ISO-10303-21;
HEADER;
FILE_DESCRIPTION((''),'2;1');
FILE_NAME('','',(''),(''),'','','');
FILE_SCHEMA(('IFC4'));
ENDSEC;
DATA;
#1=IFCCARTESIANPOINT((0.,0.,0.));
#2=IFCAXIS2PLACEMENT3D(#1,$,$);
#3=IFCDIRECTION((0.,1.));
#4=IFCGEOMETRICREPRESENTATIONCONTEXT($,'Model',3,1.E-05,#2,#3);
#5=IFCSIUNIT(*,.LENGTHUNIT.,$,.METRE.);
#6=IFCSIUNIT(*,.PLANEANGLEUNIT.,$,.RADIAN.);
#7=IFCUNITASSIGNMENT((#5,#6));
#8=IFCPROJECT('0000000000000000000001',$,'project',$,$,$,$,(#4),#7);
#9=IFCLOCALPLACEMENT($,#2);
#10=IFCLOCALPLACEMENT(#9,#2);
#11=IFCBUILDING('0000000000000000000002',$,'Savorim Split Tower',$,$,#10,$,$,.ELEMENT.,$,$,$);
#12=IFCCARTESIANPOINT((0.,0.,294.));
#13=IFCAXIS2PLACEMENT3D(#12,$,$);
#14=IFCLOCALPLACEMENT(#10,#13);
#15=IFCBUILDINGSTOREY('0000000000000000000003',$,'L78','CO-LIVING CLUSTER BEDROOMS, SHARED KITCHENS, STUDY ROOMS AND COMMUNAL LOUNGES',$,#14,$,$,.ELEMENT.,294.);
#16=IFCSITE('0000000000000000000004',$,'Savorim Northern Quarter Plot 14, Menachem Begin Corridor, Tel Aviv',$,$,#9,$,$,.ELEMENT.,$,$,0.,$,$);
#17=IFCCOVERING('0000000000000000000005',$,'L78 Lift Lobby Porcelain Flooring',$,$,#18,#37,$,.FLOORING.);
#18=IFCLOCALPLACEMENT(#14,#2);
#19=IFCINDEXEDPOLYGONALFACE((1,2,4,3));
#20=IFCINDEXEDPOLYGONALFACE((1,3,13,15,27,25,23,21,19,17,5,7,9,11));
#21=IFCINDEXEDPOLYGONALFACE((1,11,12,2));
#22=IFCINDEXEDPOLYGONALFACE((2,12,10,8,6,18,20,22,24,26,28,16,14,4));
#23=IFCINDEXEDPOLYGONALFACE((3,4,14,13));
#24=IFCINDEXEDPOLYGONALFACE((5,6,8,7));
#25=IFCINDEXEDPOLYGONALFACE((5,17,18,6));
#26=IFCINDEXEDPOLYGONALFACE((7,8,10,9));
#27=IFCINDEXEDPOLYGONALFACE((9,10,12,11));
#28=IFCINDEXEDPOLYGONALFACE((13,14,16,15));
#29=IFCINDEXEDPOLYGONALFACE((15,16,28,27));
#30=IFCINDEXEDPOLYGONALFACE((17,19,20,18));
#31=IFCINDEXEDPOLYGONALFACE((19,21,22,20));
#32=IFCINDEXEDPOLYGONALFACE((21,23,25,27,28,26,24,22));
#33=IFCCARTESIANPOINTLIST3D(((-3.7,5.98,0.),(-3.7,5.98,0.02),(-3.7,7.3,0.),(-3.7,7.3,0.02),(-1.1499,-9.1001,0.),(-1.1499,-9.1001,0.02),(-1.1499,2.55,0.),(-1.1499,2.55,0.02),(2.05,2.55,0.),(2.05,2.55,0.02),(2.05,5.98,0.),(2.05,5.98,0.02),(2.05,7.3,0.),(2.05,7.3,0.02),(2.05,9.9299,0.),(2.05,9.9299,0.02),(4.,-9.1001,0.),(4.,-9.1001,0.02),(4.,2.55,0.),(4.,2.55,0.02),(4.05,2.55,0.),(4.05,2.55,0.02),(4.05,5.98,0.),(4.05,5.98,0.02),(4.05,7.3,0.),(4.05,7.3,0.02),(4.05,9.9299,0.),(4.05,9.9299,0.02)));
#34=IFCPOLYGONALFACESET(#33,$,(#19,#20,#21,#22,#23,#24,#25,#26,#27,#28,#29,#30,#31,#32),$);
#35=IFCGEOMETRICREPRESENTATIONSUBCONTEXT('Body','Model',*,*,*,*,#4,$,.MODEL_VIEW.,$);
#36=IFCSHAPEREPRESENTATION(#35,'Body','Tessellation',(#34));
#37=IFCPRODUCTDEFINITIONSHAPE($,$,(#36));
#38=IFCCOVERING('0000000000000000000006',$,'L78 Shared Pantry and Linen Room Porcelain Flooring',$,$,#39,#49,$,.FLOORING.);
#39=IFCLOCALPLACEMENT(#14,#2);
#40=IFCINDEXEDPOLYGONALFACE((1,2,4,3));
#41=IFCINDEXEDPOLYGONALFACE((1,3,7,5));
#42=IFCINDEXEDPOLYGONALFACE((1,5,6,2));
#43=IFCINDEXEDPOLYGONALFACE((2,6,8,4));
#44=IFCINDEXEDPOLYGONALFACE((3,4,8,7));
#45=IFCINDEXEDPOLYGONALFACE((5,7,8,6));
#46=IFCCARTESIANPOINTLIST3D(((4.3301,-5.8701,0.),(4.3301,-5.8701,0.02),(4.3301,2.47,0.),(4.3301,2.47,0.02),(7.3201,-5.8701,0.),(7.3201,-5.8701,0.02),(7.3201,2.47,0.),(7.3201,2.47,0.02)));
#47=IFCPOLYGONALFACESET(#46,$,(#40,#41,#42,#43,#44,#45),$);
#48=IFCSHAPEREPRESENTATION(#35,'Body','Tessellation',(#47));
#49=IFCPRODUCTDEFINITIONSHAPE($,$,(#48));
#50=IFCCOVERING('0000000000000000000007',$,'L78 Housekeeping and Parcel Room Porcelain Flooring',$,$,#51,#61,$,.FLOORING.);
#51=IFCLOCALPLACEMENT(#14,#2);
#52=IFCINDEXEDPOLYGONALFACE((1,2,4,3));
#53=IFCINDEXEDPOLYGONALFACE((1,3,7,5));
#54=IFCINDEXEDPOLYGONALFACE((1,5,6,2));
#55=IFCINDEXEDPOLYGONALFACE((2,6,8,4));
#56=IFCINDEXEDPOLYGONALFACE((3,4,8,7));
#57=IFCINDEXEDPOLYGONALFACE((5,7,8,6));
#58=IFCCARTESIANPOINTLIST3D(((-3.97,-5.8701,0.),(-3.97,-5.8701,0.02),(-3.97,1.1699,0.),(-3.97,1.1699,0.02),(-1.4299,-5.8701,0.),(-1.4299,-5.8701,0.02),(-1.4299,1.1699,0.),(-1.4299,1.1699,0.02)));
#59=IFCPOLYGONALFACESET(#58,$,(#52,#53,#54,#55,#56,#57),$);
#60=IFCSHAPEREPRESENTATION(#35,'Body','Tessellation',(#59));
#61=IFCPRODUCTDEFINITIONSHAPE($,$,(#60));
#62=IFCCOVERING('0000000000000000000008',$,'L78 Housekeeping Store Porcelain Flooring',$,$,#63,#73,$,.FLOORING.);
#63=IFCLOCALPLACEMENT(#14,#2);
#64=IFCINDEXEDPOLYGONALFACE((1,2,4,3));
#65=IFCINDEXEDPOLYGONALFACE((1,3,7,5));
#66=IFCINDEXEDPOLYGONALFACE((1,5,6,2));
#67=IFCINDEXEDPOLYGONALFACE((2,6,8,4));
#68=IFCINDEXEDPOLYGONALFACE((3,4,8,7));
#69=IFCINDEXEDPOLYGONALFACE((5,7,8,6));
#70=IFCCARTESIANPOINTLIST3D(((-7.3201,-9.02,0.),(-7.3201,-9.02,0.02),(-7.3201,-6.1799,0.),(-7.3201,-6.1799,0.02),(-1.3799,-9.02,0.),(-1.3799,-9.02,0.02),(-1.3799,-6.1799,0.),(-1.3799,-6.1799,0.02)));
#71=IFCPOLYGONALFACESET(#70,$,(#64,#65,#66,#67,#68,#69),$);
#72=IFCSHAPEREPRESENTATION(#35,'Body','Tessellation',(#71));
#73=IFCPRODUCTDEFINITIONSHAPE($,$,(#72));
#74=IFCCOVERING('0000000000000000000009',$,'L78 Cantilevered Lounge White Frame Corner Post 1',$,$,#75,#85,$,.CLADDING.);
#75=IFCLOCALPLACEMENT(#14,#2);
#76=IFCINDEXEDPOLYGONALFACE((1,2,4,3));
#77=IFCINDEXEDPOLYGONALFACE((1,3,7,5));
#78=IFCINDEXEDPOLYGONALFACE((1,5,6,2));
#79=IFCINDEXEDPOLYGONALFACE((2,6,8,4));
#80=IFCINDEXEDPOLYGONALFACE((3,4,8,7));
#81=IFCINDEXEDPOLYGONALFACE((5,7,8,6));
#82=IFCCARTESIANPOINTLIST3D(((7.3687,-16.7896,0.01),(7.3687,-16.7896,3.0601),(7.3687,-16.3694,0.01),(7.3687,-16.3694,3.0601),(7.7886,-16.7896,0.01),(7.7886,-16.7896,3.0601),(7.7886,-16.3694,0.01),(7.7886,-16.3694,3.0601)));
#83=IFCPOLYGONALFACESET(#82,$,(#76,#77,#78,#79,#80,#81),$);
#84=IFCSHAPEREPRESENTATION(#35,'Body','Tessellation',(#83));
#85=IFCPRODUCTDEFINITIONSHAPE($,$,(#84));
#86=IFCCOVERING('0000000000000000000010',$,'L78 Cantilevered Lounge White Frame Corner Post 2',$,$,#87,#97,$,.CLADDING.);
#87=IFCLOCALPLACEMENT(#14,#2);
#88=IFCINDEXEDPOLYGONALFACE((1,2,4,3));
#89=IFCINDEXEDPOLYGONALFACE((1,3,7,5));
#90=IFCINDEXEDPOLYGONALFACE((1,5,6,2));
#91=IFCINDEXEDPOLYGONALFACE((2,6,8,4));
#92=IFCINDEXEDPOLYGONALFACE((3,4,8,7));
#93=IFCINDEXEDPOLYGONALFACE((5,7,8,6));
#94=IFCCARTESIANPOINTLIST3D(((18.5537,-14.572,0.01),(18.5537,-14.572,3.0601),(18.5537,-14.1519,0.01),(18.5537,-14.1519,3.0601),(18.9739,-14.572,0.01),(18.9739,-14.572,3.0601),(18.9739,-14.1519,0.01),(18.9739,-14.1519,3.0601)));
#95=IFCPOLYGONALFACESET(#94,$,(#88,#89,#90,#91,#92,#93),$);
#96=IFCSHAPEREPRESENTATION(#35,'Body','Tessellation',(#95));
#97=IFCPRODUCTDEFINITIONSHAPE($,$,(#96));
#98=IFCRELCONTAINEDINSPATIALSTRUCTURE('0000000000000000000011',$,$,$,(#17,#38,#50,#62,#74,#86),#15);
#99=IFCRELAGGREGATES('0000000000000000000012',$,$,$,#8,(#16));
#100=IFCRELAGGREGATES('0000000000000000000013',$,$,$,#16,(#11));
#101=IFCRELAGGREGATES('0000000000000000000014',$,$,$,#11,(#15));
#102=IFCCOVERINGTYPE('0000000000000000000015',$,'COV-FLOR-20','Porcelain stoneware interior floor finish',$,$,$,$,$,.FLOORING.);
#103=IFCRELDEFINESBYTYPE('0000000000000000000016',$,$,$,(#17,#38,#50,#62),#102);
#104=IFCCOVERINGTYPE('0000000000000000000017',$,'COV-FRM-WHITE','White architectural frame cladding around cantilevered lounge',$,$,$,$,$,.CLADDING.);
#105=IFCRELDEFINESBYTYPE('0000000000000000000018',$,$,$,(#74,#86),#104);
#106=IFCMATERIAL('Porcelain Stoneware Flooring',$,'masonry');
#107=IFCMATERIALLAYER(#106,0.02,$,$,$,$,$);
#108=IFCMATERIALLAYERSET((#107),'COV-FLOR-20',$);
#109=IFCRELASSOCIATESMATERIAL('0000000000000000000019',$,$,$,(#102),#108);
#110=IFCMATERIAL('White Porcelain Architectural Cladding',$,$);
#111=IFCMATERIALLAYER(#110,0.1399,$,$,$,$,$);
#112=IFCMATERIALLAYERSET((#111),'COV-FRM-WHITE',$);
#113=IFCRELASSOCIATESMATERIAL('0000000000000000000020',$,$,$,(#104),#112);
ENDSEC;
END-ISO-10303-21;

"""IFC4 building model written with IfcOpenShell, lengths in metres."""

from ifc_helpers import new_model, si_unit, direction, frame, origin, place, context, subcontext, project, spatial, polyline, outline, extrude, material, layer, layer_set, type_object, element, save


model = new_model("IFC4")

# Units and contexts
model_context = context("Model", 3, precision=1e-05, world=origin(), true_north=direction((0.0, 1.0)))
body_context = subcontext(model_context, "Body", "Model", "MODEL_VIEW")
ifc_project = project(units=[si_unit("LENGTHUNIT", "METRE"), si_unit("PLANEANGLEUNIT", "RADIAN")], contexts=[model_context])

# Site, building, storey
site_placement = place(None, origin())
site = spatial("IfcSite", under=ifc_project, at=site_placement, Name="Savorim Northern Quarter Plot 14, Menachem Begin Corridor, Tel Aviv", CompositionType="ELEMENT", RefElevation=0.0)
building_placement = place(site_placement, origin())
building = spatial("IfcBuilding", under=site, at=building_placement, Name="Savorim Split Tower", CompositionType="ELEMENT")
storey_placement = place(building_placement, frame((0.0, 0.0, 294.0)))
storey = spatial("IfcBuildingStorey", under=building, at=storey_placement, Name="L78", Description="CO-LIVING CLUSTER BEDROOMS, SHARED KITCHENS, STUDY ROOMS AND COMMUNAL LOUNGES", CompositionType="ELEMENT", Elevation=294.0)

# Coverings
ifc_material_1 = material(Name="Porcelain Stoneware Flooring", Category="masonry")
ifc_layer_1 = layer(ifc_material_1, 0.02)
ifc_layer_set_1 = layer_set([ifc_layer_1], Name="COV-FLOR-20")
covering_type_1 = type_object("IfcCoveringType", Name="COV-FLOR-20", Description="Porcelain stoneware interior floor finish", PredefinedType="FLOORING", material=ifc_layer_set_1)
covering_1_placement = place(storey_placement, origin())
element("IfcCovering", 1, at=covering_1_placement, inside=storey, type_object=covering_type_1, Name="L78 Lift Lobby Porcelain Flooring", PredefinedType="FLOORING", context=body_context, shape_type="SweptSolid", body=[
    extrude(outline(polyline([(2.05, 2.55), (-1.1499, 2.55), (-1.1499, -9.1001), (4.0, -9.1001), (4.0, 2.55), (4.05, 2.55), (4.05, 5.98), (4.05, 7.3), (4.05, 9.9299), (2.05, 9.9299), (2.05, 7.3), (-3.7, 7.3), (-3.7, 5.98), (2.05, 5.98), (2.05, 2.55)])), origin(), (0.0, 0.0, 1.0), 0.02),
])
covering_2_placement = place(storey_placement, origin())
element("IfcCovering", 2, at=covering_2_placement, inside=storey, type_object=covering_type_1, Name="L78 Shared Pantry and Linen Room Porcelain Flooring", PredefinedType="FLOORING", context=body_context, shape_type="SweptSolid", body=[
    extrude(outline(polyline([(4.3301, 2.47), (4.3301, -5.8701), (7.3201, -5.8701), (7.3201, 2.47), (4.3301, 2.47)])), origin(), (0.0, 0.0, 1.0), 0.02),
])
covering_3_placement = place(storey_placement, origin())
element("IfcCovering", 3, at=covering_3_placement, inside=storey, type_object=covering_type_1, Name="L78 Housekeeping and Parcel Room Porcelain Flooring", PredefinedType="FLOORING", context=body_context, shape_type="SweptSolid", body=[
    extrude(outline(polyline([(-3.97, 1.1699), (-3.97, -5.8701), (-1.4299, -5.8701), (-1.4299, 1.1699), (-3.97, 1.1699)])), origin(), (0.0, 0.0, 1.0), 0.02),
])
covering_4_placement = place(storey_placement, origin())
element("IfcCovering", 4, at=covering_4_placement, inside=storey, type_object=covering_type_1, Name="L78 Housekeeping Store Porcelain Flooring", PredefinedType="FLOORING", context=body_context, shape_type="SweptSolid", body=[
    extrude(outline(polyline([(-7.3201, -6.1799), (-7.3201, -9.02), (-1.3799, -9.02), (-1.3799, -6.1799), (-7.3201, -6.1799)])), origin(), (0.0, 0.0, 1.0), 0.02),
])
ifc_material_2 = material(Name="White Porcelain Architectural Cladding")
ifc_layer_2 = layer(ifc_material_2, 0.1399)
ifc_layer_set_2 = layer_set([ifc_layer_2], Name="COV-FRM-WHITE")
covering_type_2 = type_object("IfcCoveringType", Name="COV-FRM-WHITE", Description="White architectural frame cladding around cantilevered lounge", PredefinedType="CLADDING", material=ifc_layer_set_2)
covering_5_placement = place(storey_placement, frame((0.0, 0.0, 0.01)))
element("IfcCovering", 5, at=covering_5_placement, inside=storey, type_object=covering_type_2, Name="L78 Cantilevered Lounge White Frame Corner Post 1", PredefinedType="CLADDING", context=body_context, shape_type="SweptSolid", body=[
    extrude(outline(polyline([(7.3687, -16.7896), (7.7886, -16.7896), (7.7886, -16.3694), (7.3687, -16.3694), (7.3687, -16.7896)])), origin(), (0.0, 0.0, 1.0), 3.05),
])
covering_6_placement = place(storey_placement, frame((0.0, 0.0, 0.01)))
element("IfcCovering", 6, at=covering_6_placement, inside=storey, type_object=covering_type_2, Name="L78 Cantilevered Lounge White Frame Corner Post 2", PredefinedType="CLADDING", context=body_context, shape_type="SweptSolid", body=[
    extrude(outline(polyline([(18.5537, -14.572), (18.9739, -14.572), (18.9739, -14.1519), (18.5537, -14.1519), (18.5537, -14.572)])), origin(), (0.0, 0.0, 1.0), 3.05),
])

save(model, "model.ifc")
